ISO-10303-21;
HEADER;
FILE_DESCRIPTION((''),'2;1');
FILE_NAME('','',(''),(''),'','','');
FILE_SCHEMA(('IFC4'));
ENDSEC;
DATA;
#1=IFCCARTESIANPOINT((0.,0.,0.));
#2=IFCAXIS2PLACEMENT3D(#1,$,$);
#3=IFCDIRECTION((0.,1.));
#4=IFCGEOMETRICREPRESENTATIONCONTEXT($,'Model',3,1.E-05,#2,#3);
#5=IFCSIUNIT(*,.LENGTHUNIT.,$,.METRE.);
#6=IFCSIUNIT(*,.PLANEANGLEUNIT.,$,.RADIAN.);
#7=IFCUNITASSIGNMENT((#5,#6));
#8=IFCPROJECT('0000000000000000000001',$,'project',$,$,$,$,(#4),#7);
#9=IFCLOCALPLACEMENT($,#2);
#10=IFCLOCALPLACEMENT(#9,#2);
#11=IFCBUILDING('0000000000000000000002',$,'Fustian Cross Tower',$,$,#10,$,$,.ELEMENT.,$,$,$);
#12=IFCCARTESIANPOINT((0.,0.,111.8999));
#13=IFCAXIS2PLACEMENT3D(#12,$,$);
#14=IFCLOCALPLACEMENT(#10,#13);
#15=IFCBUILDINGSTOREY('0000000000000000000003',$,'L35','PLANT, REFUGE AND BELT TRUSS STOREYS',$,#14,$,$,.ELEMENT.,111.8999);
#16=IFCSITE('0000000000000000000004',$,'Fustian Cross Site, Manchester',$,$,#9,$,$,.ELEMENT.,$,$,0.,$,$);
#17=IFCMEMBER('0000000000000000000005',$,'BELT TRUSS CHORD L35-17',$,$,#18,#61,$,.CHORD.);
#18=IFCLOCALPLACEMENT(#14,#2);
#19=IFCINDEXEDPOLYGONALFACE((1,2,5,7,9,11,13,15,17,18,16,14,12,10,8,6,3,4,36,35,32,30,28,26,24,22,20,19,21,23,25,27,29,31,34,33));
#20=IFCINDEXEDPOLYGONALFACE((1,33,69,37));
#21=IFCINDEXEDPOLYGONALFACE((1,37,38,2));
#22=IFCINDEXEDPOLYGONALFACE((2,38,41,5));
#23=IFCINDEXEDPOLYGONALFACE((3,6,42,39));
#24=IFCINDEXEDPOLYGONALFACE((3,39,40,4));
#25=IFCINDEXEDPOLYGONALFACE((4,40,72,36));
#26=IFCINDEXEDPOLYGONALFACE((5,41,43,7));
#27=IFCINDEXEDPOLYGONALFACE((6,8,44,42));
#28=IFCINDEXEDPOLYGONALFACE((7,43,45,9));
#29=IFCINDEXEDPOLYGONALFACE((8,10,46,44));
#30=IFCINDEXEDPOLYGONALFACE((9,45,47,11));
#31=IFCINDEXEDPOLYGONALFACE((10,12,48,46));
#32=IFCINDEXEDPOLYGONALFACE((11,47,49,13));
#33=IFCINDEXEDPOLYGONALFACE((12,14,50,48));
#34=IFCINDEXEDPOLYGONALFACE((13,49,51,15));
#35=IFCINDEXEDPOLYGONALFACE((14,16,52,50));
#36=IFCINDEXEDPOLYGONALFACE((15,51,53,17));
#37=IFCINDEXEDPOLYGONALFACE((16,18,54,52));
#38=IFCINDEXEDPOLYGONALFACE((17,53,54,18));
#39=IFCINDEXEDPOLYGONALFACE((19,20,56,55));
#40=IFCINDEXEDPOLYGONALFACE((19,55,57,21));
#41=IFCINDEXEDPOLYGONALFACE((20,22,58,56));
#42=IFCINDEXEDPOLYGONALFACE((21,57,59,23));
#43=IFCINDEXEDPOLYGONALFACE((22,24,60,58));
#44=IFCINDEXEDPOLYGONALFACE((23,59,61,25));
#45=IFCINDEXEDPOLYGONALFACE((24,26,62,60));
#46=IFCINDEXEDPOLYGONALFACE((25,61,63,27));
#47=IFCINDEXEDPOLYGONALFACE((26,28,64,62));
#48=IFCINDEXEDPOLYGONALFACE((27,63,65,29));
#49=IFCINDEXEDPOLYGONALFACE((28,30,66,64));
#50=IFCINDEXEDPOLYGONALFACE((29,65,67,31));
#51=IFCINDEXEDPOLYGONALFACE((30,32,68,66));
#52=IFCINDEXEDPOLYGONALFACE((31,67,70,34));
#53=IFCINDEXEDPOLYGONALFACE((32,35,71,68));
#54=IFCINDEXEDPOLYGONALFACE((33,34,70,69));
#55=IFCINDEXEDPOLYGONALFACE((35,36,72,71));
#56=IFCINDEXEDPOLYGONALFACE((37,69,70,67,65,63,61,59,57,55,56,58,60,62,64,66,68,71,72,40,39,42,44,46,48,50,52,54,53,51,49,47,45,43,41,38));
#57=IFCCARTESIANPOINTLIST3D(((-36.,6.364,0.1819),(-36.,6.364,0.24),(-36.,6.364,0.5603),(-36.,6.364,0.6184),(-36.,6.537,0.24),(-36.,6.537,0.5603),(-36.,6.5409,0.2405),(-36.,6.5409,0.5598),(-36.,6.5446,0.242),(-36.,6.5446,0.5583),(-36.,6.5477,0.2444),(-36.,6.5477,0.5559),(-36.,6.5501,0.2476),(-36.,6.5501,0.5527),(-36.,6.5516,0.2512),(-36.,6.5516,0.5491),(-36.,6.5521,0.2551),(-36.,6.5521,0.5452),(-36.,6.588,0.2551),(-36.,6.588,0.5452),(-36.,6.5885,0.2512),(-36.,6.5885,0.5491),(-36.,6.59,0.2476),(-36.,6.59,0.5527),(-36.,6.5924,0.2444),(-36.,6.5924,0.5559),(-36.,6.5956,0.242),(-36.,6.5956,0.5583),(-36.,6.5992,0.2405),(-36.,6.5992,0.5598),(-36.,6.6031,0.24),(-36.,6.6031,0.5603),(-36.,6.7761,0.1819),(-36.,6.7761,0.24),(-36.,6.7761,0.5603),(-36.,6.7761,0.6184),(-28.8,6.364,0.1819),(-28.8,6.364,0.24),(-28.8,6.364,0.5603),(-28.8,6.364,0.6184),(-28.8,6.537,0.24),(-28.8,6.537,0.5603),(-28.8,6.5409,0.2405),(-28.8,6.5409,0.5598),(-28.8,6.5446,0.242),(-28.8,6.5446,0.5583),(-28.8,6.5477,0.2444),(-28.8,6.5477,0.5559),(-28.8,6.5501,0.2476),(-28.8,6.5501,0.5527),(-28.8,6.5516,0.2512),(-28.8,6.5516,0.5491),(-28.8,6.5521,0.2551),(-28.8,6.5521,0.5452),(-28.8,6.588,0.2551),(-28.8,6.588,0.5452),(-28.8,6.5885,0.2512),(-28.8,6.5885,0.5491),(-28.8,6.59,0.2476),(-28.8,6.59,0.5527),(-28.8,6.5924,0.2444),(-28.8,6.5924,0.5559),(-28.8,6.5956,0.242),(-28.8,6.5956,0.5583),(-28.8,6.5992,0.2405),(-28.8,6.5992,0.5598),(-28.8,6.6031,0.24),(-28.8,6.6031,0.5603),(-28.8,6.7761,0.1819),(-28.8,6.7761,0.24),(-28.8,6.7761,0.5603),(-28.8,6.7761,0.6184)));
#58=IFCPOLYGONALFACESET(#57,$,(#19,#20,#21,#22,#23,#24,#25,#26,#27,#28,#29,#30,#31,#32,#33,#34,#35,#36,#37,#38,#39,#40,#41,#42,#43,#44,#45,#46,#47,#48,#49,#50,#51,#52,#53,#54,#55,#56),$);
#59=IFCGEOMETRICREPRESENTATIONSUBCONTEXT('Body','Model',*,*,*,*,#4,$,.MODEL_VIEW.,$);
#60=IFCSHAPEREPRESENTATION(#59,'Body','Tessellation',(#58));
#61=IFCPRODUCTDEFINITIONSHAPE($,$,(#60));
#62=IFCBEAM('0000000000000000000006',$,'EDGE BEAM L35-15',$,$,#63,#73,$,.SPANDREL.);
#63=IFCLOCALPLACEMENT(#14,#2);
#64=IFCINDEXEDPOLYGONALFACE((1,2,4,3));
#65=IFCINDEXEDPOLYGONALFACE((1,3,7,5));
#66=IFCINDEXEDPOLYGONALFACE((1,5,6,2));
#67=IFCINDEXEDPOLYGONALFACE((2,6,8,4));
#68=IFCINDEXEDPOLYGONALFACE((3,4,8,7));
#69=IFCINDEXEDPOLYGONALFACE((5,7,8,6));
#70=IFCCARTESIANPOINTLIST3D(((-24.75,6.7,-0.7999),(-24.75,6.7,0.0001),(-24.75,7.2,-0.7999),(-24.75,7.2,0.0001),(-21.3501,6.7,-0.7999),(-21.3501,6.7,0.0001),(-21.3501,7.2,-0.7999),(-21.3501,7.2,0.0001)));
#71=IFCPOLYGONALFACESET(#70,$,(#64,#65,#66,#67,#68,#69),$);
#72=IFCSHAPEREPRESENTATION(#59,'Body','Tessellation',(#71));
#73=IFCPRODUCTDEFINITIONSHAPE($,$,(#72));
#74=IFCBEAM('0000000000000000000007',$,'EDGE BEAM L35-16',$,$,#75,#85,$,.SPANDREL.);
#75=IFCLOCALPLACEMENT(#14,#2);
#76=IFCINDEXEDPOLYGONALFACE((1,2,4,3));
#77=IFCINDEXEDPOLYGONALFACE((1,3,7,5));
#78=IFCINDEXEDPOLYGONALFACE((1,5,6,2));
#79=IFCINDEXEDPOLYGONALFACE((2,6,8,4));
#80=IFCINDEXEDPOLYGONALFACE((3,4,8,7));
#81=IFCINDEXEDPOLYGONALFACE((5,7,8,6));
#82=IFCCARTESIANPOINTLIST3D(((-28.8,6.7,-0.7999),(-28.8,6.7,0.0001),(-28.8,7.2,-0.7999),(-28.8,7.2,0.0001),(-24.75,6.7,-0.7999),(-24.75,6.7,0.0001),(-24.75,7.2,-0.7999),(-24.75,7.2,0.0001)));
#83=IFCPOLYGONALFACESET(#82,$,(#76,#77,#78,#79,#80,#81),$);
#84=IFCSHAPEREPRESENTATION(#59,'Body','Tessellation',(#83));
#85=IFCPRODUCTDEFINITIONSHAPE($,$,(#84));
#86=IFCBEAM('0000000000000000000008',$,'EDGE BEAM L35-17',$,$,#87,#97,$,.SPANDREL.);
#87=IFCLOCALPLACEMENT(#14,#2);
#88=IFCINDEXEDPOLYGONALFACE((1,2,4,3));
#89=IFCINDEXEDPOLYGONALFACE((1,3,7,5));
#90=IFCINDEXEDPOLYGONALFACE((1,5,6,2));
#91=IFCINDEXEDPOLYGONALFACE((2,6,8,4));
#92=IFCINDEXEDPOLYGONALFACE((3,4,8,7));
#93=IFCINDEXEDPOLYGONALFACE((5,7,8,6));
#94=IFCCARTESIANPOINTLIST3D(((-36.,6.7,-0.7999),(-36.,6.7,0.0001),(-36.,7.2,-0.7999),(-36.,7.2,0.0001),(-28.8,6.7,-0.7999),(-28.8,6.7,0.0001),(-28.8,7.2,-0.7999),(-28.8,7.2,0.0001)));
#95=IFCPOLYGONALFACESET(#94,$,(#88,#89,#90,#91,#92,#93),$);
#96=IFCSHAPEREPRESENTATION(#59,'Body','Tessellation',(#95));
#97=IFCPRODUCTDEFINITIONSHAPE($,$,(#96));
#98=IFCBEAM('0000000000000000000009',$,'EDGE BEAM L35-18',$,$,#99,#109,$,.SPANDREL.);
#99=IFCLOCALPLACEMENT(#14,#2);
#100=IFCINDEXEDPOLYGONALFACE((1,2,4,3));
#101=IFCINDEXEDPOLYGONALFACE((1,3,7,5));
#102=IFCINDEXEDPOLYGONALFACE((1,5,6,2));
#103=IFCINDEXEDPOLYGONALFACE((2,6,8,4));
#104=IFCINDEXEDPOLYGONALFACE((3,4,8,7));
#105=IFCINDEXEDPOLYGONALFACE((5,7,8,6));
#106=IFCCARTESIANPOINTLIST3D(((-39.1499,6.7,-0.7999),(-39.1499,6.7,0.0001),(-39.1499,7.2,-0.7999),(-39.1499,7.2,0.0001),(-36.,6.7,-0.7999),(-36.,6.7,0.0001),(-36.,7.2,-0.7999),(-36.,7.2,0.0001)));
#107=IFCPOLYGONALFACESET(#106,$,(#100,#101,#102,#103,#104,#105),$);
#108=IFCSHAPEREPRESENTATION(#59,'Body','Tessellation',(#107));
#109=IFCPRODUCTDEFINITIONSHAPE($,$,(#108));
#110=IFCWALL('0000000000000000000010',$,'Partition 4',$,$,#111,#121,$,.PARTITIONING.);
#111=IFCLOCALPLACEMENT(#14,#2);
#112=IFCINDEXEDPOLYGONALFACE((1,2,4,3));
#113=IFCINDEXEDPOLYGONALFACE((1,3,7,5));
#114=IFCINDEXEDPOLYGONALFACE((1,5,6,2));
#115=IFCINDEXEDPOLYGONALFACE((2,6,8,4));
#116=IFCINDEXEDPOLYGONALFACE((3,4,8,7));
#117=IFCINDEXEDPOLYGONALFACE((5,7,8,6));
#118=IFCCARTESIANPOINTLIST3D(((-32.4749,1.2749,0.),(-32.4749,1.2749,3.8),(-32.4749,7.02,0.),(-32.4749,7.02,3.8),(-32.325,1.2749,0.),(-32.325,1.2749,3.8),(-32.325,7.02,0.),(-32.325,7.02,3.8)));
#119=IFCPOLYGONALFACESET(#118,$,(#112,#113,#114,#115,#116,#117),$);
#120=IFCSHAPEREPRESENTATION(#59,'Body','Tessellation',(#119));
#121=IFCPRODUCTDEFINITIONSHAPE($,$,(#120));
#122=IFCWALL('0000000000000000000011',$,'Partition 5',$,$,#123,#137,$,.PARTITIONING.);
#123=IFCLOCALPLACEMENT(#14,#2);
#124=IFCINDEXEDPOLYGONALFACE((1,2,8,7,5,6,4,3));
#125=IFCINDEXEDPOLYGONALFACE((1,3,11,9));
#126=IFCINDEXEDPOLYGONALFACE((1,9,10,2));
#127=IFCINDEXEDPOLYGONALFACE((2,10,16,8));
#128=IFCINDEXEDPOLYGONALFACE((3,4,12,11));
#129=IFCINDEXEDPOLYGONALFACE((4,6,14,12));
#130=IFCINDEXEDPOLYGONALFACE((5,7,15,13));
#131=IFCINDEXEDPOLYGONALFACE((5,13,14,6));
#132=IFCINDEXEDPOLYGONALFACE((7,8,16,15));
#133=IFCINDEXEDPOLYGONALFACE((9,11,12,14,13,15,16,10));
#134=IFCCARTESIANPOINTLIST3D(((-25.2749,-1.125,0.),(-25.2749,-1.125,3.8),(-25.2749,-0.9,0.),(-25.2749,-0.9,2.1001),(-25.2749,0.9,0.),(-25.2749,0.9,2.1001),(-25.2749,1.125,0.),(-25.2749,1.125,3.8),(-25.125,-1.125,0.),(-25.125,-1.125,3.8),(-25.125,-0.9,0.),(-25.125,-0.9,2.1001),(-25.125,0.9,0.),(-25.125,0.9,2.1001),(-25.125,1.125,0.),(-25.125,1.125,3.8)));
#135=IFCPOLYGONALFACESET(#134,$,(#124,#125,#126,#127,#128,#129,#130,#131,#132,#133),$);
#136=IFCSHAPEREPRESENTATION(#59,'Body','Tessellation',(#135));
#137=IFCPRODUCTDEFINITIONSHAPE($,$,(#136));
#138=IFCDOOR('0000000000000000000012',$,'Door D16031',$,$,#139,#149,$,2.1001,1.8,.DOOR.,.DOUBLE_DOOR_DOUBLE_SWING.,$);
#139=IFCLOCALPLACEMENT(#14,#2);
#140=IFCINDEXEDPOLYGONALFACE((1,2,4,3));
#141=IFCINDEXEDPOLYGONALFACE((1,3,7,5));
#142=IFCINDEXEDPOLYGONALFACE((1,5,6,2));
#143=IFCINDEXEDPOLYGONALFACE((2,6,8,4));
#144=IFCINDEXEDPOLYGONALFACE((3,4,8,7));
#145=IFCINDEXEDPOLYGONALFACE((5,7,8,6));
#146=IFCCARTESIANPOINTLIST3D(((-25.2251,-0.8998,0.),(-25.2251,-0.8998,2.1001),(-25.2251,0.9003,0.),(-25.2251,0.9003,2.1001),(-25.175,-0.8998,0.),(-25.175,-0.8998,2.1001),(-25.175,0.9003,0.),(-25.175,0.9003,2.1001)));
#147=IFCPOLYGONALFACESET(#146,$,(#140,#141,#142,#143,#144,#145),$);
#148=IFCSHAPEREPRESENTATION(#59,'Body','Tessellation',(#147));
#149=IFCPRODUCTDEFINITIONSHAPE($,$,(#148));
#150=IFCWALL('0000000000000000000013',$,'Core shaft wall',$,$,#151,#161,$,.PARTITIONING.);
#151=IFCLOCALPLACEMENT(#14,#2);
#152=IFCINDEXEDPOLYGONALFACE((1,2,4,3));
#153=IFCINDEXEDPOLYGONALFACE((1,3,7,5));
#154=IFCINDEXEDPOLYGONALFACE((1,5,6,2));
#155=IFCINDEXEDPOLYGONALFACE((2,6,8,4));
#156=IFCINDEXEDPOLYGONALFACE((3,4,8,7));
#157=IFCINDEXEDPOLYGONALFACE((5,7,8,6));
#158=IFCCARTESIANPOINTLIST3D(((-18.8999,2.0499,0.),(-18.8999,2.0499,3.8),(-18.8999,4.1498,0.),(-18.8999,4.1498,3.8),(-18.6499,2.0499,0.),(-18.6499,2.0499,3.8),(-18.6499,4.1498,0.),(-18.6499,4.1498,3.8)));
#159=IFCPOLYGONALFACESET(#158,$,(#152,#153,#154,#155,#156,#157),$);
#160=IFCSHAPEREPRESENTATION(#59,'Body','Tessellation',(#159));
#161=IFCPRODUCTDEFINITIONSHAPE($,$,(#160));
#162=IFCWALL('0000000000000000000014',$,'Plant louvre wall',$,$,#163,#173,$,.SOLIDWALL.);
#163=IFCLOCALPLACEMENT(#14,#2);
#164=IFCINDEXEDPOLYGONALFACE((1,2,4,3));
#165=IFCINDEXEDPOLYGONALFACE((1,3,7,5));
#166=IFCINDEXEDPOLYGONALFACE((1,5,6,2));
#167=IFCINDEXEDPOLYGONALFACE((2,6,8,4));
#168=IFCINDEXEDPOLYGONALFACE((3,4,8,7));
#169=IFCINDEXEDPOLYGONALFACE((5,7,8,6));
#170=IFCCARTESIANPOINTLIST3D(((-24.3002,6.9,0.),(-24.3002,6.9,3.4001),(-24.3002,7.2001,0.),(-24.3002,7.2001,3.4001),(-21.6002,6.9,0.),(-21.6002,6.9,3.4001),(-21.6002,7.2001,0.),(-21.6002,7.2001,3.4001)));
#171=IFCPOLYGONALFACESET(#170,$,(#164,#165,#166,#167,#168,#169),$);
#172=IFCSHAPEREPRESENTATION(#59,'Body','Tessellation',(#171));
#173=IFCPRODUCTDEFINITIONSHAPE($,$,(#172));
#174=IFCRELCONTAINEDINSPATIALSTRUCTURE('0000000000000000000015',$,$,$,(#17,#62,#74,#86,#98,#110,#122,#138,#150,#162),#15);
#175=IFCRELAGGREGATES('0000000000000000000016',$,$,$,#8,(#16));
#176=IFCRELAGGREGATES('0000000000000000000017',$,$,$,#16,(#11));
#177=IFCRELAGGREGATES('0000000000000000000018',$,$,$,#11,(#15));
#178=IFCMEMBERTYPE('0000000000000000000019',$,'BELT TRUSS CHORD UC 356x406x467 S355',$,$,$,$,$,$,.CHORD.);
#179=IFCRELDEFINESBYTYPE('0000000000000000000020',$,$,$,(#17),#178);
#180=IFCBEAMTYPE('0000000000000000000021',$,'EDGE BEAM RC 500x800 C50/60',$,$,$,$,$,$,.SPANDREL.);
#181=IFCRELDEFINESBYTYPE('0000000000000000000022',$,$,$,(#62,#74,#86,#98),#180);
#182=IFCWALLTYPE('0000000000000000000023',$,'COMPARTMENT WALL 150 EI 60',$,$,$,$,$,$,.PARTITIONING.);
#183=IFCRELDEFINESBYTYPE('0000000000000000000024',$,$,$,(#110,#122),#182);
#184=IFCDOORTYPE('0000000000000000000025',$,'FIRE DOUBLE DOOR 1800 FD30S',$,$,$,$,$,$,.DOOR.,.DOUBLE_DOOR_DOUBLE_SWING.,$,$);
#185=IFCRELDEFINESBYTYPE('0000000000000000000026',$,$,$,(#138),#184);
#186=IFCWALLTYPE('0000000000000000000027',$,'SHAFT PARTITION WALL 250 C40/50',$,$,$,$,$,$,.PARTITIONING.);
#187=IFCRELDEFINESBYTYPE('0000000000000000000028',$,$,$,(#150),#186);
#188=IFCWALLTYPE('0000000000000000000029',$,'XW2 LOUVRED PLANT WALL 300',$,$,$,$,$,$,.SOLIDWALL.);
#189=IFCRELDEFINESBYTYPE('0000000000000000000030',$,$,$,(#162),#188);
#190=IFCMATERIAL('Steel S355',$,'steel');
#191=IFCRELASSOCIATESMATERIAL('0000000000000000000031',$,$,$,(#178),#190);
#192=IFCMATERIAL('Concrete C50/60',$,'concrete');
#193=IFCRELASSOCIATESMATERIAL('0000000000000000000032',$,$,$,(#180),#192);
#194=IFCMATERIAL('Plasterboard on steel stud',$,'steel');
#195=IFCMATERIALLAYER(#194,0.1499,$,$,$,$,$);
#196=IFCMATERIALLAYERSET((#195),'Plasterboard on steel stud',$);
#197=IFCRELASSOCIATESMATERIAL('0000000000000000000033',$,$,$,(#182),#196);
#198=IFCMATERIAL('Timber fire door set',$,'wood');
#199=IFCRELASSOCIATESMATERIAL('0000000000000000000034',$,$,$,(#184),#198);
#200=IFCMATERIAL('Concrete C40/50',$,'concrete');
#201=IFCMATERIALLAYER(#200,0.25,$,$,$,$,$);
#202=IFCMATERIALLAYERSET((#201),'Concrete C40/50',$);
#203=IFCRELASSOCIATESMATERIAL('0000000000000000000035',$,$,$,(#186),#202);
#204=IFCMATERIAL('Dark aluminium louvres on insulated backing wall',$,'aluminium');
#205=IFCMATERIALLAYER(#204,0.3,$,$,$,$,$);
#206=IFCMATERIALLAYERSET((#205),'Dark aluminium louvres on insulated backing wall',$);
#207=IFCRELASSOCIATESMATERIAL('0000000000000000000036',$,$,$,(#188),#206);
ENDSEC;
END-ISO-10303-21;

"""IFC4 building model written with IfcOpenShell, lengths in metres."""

from ifc_helpers import new_model, si_unit, direction, frame, frame_2d, origin, origin_2d, place, context, subcontext, project, spatial, rectangle, i_section, extrude, material, layer, layer_set, material_profile, profile_set, type_object, element, fill, save


model = new_model("IFC4")

# Units and contexts
model_context = context("Model", 3, precision=1e-05, world=origin(), true_north=direction((0.0, 1.0)))
body_context = subcontext(model_context, "Body", "Model", "MODEL_VIEW")
ifc_project = project(units=[si_unit("LENGTHUNIT", "METRE"), si_unit("PLANEANGLEUNIT", "RADIAN")], contexts=[model_context])

# Site, building, storey
site_placement = place(None, origin())
site = spatial("IfcSite", under=ifc_project, at=site_placement, Name="Fustian Cross Site, Manchester", CompositionType="ELEMENT", RefElevation=0.0)
building_placement = place(site_placement, origin())
building = spatial("IfcBuilding", under=site, at=building_placement, Name="Fustian Cross Tower", CompositionType="ELEMENT")
storey_placement = place(building_placement, frame((0.0, 0.0, 111.8999)))
storey = spatial("IfcBuildingStorey", under=building, at=storey_placement, Name="L35", Description="PLANT, REFUGE AND BELT TRUSS STOREYS", CompositionType="ELEMENT", Elevation=111.8999)

# Member
ifc_material_1 = material(Name="Steel S355", Category="steel")
ifc_material_profile_1 = material_profile(ifc_material_1, i_section(OverallWidth=0.4121, OverallDepth=0.4365, WebThickness=0.0359, FlangeThickness=0.0581, FilletRadius=0.0151, at=origin_2d()), Name="UC 356x406x467")
ifc_profile_set_1 = profile_set([ifc_material_profile_1], Name="Steel S355")
member_type_1 = type_object("IfcMemberType", Name="BELT TRUSS CHORD UC 356x406x467 S355", PredefinedType="CHORD", material=ifc_profile_set_1)
for number, where, z_axis, x_axis, name in (
    (1, (-28.8, 6.5701, 0.4001), (-1.0, 0.0, 0.0), (0.0, -1.0, 0.0), "BELT TRUSS CHORD L35-17"),
):
    element("IfcMember", number, at=place(storey_placement, frame(where, z_axis=z_axis, x_axis=x_axis)), inside=storey, type_object=member_type_1, Name=name, PredefinedType="CHORD", context=body_context, shape_type="SweptSolid", body=[
        extrude(i_section(OverallWidth=0.4121, OverallDepth=0.4365, WebThickness=0.0359, FlangeThickness=0.0581, FilletRadius=0.0151, at=origin_2d()), origin(), (0.0, 0.0, 1.0), 7.2),
    ])

# Beams
ifc_material_2 = material(Name="Concrete C50/60", Category="concrete")
ifc_material_profile_2 = material_profile(ifc_material_2, rectangle(XDim=0.5, YDim=0.8, at=origin_2d()), Name="RC 500x800")
ifc_profile_set_2 = profile_set([ifc_material_profile_2], Name="Concrete C50/60")
beam_type = type_object("IfcBeamType", Name="EDGE BEAM RC 500x800 C50/60", PredefinedType="SPANDREL", material=ifc_profile_set_2)
beam_1_placement = place(storey_placement, frame((-21.3501, 6.95, -0.3999), z_axis=(-1.0, 0.0, 0.0), x_axis=(0.0, -1.0, 0.0)))
element("IfcBeam", 2, at=beam_1_placement, inside=storey, type_object=beam_type, Name="EDGE BEAM L35-15", PredefinedType="SPANDREL", context=body_context, shape_type="SweptSolid", body=[
    extrude(rectangle(XDim=0.5, YDim=0.8, at=origin_2d()), origin(), (0.0, 0.0, 1.0), 3.3999),
])
beam_2_placement = place(storey_placement, frame((-24.75, 6.95, -0.3999), z_axis=(-1.0, 0.0, 0.0), x_axis=(0.0, -1.0, 0.0)))
element("IfcBeam", 3, at=beam_2_placement, inside=storey, type_object=beam_type, Name="EDGE BEAM L35-16", PredefinedType="SPANDREL", context=body_context, shape_type="SweptSolid", body=[
    extrude(rectangle(XDim=0.5, YDim=0.8, at=origin_2d()), origin(), (0.0, 0.0, 1.0), 4.05),
])
beam_3_placement = place(storey_placement, frame((-28.8, 6.95, -0.3999), z_axis=(-1.0, 0.0, 0.0), x_axis=(0.0, -1.0, 0.0)))
element("IfcBeam", 4, at=beam_3_placement, inside=storey, type_object=beam_type, Name="EDGE BEAM L35-17", PredefinedType="SPANDREL", context=body_context, shape_type="SweptSolid", body=[
    extrude(rectangle(XDim=0.5, YDim=0.8, at=origin_2d()), origin(), (0.0, 0.0, 1.0), 7.2),
])
beam_4_placement = place(storey_placement, frame((-36.0, 6.95, -0.3999), z_axis=(-1.0, 0.0, 0.0), x_axis=(0.0, -1.0, 0.0)))
element("IfcBeam", 5, at=beam_4_placement, inside=storey, type_object=beam_type, Name="EDGE BEAM L35-18", PredefinedType="SPANDREL", context=body_context, shape_type="SweptSolid", body=[
    extrude(rectangle(XDim=0.5, YDim=0.8, at=origin_2d()), origin(), (0.0, 0.0, 1.0), 3.1499),
])

# Wall
ifc_material_3 = material(Name="Plasterboard on steel stud", Category="steel")
ifc_layer_1 = layer(ifc_material_3, 0.1499)
ifc_layer_set_1 = layer_set([ifc_layer_1], Name="Plasterboard on steel stud")
wall_type_1 = type_object("IfcWallType", Name="COMPARTMENT WALL 150 EI 60", PredefinedType="PARTITIONING", material=ifc_layer_set_1)
wall_1_placement = place(storey_placement, frame((-32.3999, 1.2749, 0.0), z_axis=(0.0, 0.0, 1.0), x_axis=(0.0, 1.0, 0.0)))
element("IfcWall", 6, at=wall_1_placement, inside=storey, type_object=wall_type_1, Name="Partition 4", PredefinedType="PARTITIONING", context=body_context, shape_type="SweptSolid", body=[
    extrude(rectangle(XDim=5.7451, YDim=0.1499, at=frame_2d((2.8726, 0.0))), origin(), (0.0, 0.0, 1.0), 3.8),
])

# Wall, opening, door
wall_2_placement = place(storey_placement, frame((-25.2, -1.125, 0.0), z_axis=(0.0, 0.0, 1.0), x_axis=(0.0, 1.0, 0.0)))
wall_2 = element("IfcWall", 7, at=wall_2_placement, inside=storey, type_object=wall_type_1, Name="Partition 5", PredefinedType="PARTITIONING", context=body_context, shape_type="SweptSolid", body=[
    extrude(rectangle(XDim=2.25, YDim=0.1499, at=frame_2d((1.125, 0.0))), origin(), (0.0, 0.0, 1.0), 3.8),
])
opening_placement = place(wall_2_placement, frame((0.2251, 0.0, 0.0)))
opening = element("IfcOpeningElement", 8, at=opening_placement, cuts=wall_2, PredefinedType="OPENING", context=body_context, shape_type="SweptSolid", body=[
    extrude(rectangle(XDim=1.8, YDim=2.1001, at=frame_2d((0.8999, 1.05))), frame((0.0, 0.085, 0.0), z_axis=(0.0, -1.0, 0.0), x_axis=(1.0, 0.0, 0.0)), (0.0, 0.0, 1.0), 0.1699),
])
ifc_material_4 = material(Name="Timber fire door set", Category="wood")
door_type = type_object("IfcDoorType", Name="FIRE DOUBLE DOOR 1800 FD30S", OperationType="DOUBLE_DOOR_DOUBLE_SWING", PredefinedType="DOOR", material=ifc_material_4)
door_placement = place(opening_placement, frame((1.8, 0.0, 0.0), z_axis=(0.0, 0.0, 1.0), x_axis=(-1.0, 0.0, 0.0)))
door = element("IfcDoor", 9, at=door_placement, inside=storey, type_object=door_type, Name="Door D16031", OperationType="DOUBLE_DOOR_DOUBLE_SWING", OverallHeight=2.1001, OverallWidth=1.8, PredefinedType="DOOR", context=body_context, shape_type="SweptSolid", body=[
    extrude(rectangle(XDim=1.8, YDim=2.1001, at=frame_2d((0.8999, 1.05))), frame((0.0, 0.0249, 0.0), z_axis=(0.0, -1.0, 0.0), x_axis=(1.0, 0.0, 0.0)), (0.0, 0.0, 1.0), 0.05),
])
fill(opening, door)

# Walls
ifc_material_5 = material(Name="Concrete C40/50", Category="concrete")
ifc_layer_2 = layer(ifc_material_5, 0.25)
ifc_layer_set_2 = layer_set([ifc_layer_2], Name="Concrete C40/50")
wall_type_2 = type_object("IfcWallType", Name="SHAFT PARTITION WALL 250 C40/50", PredefinedType="PARTITIONING", material=ifc_layer_set_2)
wall_3_placement = place(storey_placement, frame((-18.7749, 2.05, 0.0), z_axis=(0.0, 0.0, 1.0), x_axis=(0.0, 1.0, 0.0)))
element("IfcWall", 10, at=wall_3_placement, inside=storey, type_object=wall_type_2, Name="Core shaft wall", PredefinedType="PARTITIONING", context=body_context, shape_type="SweptSolid", body=[
    extrude(rectangle(XDim=2.0999, YDim=0.25, at=frame_2d((1.0498, 0.0))), origin(), (0.0, 0.0, 1.0), 3.8),
])
ifc_material_6 = material(Name="Dark aluminium louvres on insulated backing wall", Category="aluminium")
ifc_layer_3 = layer(ifc_material_6, 0.3)
ifc_layer_set_3 = layer_set([ifc_layer_3], Name="Dark aluminium louvres on insulated backing wall")
wall_type_3 = type_object("IfcWallType", Name="XW2 LOUVRED PLANT WALL 300", PredefinedType="SOLIDWALL", material=ifc_layer_set_3)
wall_4_placement = place(storey_placement, frame((-21.6001, 7.05, 0.0), z_axis=(0.0, 0.0, 1.0), x_axis=(-1.0, 0.0, 0.0)))
element("IfcWall", 11, at=wall_4_placement, inside=storey, type_object=wall_type_3, Name="Plant louvre wall", PredefinedType="SOLIDWALL", context=body_context, shape_type="SweptSolid", body=[
    extrude(rectangle(XDim=2.7, YDim=0.3, at=frame_2d((1.3501, 0.0))), origin(), (0.0, 0.0, 1.0), 3.4001),
])

save(model, "model.ifc")
